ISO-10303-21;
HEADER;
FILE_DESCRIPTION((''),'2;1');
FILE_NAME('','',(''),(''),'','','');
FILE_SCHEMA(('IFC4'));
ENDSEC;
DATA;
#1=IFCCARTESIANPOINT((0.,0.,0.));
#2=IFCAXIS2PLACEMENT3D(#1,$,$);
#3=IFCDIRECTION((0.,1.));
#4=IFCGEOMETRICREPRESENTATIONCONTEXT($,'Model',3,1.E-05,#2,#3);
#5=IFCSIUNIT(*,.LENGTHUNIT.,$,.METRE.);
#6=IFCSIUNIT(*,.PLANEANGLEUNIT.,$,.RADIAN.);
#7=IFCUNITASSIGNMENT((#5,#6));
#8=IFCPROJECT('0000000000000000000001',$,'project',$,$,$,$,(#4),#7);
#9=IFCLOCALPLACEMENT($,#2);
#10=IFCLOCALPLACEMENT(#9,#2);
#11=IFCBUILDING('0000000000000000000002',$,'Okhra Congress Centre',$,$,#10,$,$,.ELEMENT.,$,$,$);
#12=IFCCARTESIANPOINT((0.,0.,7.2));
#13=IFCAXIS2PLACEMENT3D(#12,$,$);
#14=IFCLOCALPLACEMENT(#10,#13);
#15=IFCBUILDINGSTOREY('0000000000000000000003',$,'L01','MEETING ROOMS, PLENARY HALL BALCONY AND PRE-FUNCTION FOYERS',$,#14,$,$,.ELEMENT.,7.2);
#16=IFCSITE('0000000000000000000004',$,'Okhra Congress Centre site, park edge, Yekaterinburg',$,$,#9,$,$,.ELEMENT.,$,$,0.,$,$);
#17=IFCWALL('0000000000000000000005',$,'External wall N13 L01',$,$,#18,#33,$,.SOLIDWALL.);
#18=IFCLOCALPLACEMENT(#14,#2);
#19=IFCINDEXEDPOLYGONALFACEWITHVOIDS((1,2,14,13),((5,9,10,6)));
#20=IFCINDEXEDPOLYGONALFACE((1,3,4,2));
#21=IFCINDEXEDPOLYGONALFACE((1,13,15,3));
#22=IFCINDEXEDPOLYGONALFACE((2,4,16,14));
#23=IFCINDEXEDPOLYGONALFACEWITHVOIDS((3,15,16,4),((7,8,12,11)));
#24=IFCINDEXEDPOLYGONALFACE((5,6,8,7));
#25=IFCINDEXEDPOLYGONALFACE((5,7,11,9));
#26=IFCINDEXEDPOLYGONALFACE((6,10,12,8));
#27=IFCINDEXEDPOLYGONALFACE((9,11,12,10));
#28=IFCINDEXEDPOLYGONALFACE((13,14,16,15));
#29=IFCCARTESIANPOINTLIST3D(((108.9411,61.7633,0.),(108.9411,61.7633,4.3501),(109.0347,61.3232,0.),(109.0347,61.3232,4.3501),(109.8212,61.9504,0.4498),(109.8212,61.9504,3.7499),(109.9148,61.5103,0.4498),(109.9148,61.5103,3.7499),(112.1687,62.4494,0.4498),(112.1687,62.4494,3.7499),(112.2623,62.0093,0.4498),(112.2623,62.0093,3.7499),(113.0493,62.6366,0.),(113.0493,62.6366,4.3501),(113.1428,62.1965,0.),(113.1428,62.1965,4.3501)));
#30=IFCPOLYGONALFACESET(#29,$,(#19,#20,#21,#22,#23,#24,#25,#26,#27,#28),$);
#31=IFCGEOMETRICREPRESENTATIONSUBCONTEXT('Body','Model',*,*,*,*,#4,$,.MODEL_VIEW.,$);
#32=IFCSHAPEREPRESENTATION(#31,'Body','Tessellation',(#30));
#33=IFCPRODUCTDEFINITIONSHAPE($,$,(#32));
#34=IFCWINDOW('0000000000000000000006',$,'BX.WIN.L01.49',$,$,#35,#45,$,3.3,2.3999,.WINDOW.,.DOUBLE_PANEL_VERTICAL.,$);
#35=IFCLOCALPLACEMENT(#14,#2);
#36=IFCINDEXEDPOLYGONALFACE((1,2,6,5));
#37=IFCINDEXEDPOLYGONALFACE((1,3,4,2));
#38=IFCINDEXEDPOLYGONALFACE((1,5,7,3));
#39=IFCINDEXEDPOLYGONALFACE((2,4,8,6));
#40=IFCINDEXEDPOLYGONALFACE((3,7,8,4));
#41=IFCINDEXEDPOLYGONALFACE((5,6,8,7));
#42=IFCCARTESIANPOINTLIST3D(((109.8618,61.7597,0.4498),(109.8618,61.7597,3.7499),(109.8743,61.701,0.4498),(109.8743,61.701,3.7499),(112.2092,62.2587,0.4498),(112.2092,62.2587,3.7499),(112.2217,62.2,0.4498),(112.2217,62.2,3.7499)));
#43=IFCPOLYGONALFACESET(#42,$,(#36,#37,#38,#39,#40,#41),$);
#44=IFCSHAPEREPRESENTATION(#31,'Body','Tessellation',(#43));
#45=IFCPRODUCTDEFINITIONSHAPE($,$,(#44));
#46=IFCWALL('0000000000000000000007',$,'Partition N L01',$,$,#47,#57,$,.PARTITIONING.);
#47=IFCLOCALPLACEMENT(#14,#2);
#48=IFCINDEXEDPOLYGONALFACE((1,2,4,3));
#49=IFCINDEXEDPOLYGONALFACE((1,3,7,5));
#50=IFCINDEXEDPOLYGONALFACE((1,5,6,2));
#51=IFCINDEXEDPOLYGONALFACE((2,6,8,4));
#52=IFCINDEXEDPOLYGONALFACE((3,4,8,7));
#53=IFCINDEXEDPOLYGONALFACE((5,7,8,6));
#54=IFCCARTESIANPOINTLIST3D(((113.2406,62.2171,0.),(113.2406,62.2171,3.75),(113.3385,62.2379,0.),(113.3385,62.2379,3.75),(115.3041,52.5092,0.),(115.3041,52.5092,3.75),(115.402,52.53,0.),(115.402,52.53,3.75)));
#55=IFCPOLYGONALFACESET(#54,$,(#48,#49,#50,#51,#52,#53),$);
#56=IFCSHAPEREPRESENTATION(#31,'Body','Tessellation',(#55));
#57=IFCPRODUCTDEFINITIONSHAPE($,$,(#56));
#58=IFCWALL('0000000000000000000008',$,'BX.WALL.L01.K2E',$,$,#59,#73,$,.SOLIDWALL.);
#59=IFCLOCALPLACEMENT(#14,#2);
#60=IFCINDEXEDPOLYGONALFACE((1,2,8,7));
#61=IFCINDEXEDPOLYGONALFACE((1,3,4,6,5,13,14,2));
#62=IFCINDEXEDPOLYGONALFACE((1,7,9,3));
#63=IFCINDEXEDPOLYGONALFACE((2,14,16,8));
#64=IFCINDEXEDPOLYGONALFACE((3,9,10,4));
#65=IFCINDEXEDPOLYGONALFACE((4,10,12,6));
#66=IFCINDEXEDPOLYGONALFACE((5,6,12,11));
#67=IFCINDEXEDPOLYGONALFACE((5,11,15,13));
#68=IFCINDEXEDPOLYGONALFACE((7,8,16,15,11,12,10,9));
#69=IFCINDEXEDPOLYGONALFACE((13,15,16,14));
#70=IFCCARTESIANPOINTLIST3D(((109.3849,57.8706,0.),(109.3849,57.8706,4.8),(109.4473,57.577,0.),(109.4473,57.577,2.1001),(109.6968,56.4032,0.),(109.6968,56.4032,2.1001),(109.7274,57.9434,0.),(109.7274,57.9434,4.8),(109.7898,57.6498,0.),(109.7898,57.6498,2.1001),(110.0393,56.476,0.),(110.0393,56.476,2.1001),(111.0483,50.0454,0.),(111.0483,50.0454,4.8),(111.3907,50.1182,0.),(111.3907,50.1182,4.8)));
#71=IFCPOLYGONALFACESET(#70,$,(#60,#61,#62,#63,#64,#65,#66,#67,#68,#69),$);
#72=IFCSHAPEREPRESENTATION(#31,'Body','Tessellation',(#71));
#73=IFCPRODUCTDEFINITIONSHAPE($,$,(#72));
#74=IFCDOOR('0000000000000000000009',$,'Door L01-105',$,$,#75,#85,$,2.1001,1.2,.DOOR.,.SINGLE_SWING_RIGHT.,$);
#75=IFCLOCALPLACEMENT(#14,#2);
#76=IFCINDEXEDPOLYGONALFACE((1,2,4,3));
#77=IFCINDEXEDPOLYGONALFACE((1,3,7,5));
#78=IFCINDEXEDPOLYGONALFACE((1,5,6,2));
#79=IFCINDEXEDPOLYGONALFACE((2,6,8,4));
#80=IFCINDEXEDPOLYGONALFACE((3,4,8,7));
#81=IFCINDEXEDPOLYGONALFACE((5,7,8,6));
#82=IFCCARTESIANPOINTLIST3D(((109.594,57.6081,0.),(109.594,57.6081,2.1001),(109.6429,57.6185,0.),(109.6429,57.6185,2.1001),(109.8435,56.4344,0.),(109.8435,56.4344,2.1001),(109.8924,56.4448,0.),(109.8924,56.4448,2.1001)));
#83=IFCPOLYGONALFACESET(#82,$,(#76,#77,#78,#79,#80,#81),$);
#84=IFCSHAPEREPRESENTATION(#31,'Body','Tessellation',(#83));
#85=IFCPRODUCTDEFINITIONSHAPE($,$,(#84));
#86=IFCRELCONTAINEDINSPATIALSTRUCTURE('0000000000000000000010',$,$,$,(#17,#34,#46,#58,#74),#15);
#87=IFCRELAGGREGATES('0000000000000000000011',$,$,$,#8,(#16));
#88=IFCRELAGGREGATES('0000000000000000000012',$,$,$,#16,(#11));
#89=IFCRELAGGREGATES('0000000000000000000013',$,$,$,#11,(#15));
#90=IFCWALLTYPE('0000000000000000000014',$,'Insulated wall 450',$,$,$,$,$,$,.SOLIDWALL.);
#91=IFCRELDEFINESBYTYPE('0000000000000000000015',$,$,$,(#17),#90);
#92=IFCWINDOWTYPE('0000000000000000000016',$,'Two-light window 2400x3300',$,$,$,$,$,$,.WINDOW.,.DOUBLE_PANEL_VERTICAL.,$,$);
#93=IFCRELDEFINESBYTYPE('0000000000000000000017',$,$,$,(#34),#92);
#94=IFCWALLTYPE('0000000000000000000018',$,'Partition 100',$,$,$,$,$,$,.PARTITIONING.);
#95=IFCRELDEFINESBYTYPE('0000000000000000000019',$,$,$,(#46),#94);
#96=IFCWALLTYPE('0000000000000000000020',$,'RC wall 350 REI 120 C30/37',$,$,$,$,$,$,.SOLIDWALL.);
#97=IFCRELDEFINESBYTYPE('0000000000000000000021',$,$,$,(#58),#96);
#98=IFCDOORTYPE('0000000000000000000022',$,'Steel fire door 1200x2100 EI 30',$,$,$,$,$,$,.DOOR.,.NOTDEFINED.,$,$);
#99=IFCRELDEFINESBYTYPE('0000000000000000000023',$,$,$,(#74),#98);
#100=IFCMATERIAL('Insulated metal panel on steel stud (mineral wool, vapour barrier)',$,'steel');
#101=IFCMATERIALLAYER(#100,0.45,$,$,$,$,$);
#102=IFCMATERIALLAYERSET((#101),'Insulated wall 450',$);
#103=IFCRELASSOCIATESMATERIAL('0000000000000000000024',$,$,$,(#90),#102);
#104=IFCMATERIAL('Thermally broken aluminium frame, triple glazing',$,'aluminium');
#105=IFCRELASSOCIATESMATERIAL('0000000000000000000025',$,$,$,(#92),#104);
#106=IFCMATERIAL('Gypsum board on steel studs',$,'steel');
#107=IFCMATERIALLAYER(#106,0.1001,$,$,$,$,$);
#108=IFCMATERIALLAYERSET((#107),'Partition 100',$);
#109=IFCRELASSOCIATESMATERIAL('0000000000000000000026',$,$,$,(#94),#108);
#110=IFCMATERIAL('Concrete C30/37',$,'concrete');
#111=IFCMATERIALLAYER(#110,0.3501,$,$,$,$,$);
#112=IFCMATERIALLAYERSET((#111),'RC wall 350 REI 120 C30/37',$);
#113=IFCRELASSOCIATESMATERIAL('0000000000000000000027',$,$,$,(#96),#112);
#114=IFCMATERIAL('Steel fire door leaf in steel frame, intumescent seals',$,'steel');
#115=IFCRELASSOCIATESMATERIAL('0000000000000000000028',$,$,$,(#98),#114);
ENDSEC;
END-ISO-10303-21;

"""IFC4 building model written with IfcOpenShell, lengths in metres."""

from ifc_helpers import new_model, si_unit, direction, frame, frame_2d, origin, place, context, subcontext, project, spatial, rectangle, extrude, material, layer, layer_set, type_object, element, fill, save


model = new_model("IFC4")

# Units and contexts
model_context = context("Model", 3, precision=1e-05, world=origin(), true_north=direction((0.0, 1.0)))
body_context = subcontext(model_context, "Body", "Model", "MODEL_VIEW")
ifc_project = project(units=[si_unit("LENGTHUNIT", "METRE"), si_unit("PLANEANGLEUNIT", "RADIAN")], contexts=[model_context])

# Site, building, storey
site_placement = place(None, origin())
site = spatial("IfcSite", under=ifc_project, at=site_placement, Name="Okhra Congress Centre site, park edge, Yekaterinburg", CompositionType="ELEMENT", RefElevation=0.0)
building_placement = place(site_placement, origin())
building = spatial("IfcBuilding", under=site, at=building_placement, Name="Okhra Congress Centre", CompositionType="ELEMENT")
storey_placement = place(building_placement, frame((0.0, 0.0, 7.2)))
storey = spatial("IfcBuildingStorey", under=building, at=storey_placement, Name="L01", Description="MEETING ROOMS, PLENARY HALL BALCONY AND PRE-FUNCTION FOYERS", CompositionType="ELEMENT", Elevation=7.2)

# Wall, opening, window
ifc_material_1 = material(Name="Insulated metal panel on steel stud (mineral wool, vapour barrier)", Category="steel")
ifc_layer_1 = layer(ifc_material_1, 0.45)
ifc_layer_set_1 = layer_set([ifc_layer_1], Name="Insulated wall 450")
wall_type_1 = type_object("IfcWallType", Name="Insulated wall 450", PredefinedType="SOLIDWALL", material=ifc_layer_set_1)
wall_1_placement = place(storey_placement, frame((108.9878, 61.5432, 0.0), z_axis=(0.0, 0.0, 1.0), x_axis=(0.978144, 0.207929, 0.0)))
wall_1 = element("IfcWall", 1, at=wall_1_placement, inside=storey, type_object=wall_type_1, Name="External wall N13 L01", PredefinedType="SOLIDWALL", context=body_context, shape_type="SweptSolid", body=[
    extrude(rectangle(XDim=4.2, YDim=0.45, at=frame_2d((2.1001, 0.0))), origin(), (0.0, 0.0, 1.0), 4.3501),
])
opening_1_placement = place(wall_1_placement, frame((0.8999, 0.0, 0.45)))
opening_1 = element("IfcOpeningElement", 2, at=opening_1_placement, cuts=wall_1, PredefinedType="OPENING", context=body_context, shape_type="SweptSolid", body=[
    extrude(rectangle(XDim=2.3999, YDim=3.3, at=frame_2d((1.2, 1.6499))), frame((0.0, 0.2349, 0.0), z_axis=(0.0, -1.0, 0.0), x_axis=(1.0, 0.0, 0.0)), (0.0, 0.0, 1.0), 0.47),
])
ifc_material_2 = material(Name="Thermally broken aluminium frame, triple glazing", Category="aluminium")
window_type = type_object("IfcWindowType", Name="Two-light window 2400x3300", PartitioningType="DOUBLE_PANEL_VERTICAL", PredefinedType="WINDOW", material=ifc_material_2)
window_placement = place(opening_1_placement, origin())
window = element("IfcWindow", 3, at=window_placement, inside=storey, type_object=window_type, Name="BX.WIN.L01.49", OverallHeight=3.3, OverallWidth=2.3999, PartitioningType="DOUBLE_PANEL_VERTICAL", PredefinedType="WINDOW", context=body_context, shape_type="SweptSolid", body=[
    extrude(rectangle(XDim=2.3999, YDim=3.3, at=frame_2d((1.2, 1.6499))), frame((0.0, 0.03, 0.0), z_axis=(0.0, -1.0, 0.0), x_axis=(1.0, 0.0, 0.0)), (0.0, 0.0, 1.0), 0.0601),
])
fill(opening_1, window)

# Wall
ifc_material_3 = material(Name="Gypsum board on steel studs", Category="steel")
ifc_layer_2 = layer(ifc_material_3, 0.1001)
ifc_layer_set_2 = layer_set([ifc_layer_2], Name="Partition 100")
wall_type_2 = type_object("IfcWallType", Name="Partition 100", PredefinedType="PARTITIONING", material=ifc_layer_set_2)
wall_2_placement = place(storey_placement, frame((113.2896, 62.2275, 0.0), z_axis=(0.0, 0.0, 1.0), x_axis=(0.207909, -0.978148, 0.0)))
element("IfcWall", 4, at=wall_2_placement, inside=storey, type_object=wall_type_2, Name="Partition N L01", PredefinedType="PARTITIONING", context=body_context, shape_type="SweptSolid", body=[
    extrude(rectangle(XDim=9.9248, YDim=0.1001, at=frame_2d((4.9624, 0.0))), origin(), (0.0, 0.0, 1.0), 3.75),
])

# Shared definitions
ifc_material_4 = material(Name="Steel fire door leaf in steel frame, intumescent seals", Category="steel")

# Wall, opening, door
ifc_material_5 = material(Name="Concrete C30/37", Category="concrete")
ifc_layer_3 = layer(ifc_material_5, 0.3501)
ifc_layer_set_3 = layer_set([ifc_layer_3], Name="RC wall 350 REI 120 C30/37")
wall_type_3 = type_object("IfcWallType", Name="RC wall 350 REI 120 C30/37", PredefinedType="SOLIDWALL", material=ifc_layer_set_3)
wall_3_placement = place(storey_placement, frame((109.5562, 57.907, 0.0), z_axis=(0.0, 0.0, 1.0), x_axis=(0.207916, -0.978147, 0.0)))
wall_3 = element("IfcWall", 5, at=wall_3_placement, inside=storey, type_object=wall_type_3, Name="BX.WALL.L01.K2E", PredefinedType="SOLIDWALL", context=body_context, shape_type="SweptSolid", body=[
    extrude(rectangle(XDim=8.0, YDim=0.3501, at=frame_2d((4.0, 0.0))), origin(), (0.0, 0.0, 1.0), 4.8),
])
opening_2_placement = place(wall_3_placement, frame((0.3, 0.0, 0.0)))
opening_2 = element("IfcOpeningElement", 6, at=opening_2_placement, cuts=wall_3, PredefinedType="OPENING", context=body_context, shape_type="SweptSolid", body=[
    extrude(rectangle(XDim=1.2, YDim=2.1001, at=frame_2d((0.6001, 1.05))), frame((0.0, 0.1851, 0.0), z_axis=(0.0, -1.0, 0.0), x_axis=(1.0, 0.0, 0.0)), (0.0, 0.0, 1.0), 0.3701),
])
door_type_1 = type_object("IfcDoorType", Name="Steel fire door 1200x2100 EI 30", OperationType="NOTDEFINED", PredefinedType="DOOR", material=ifc_material_4)
door_1_placement = place(opening_2_placement, origin())
door_1 = element("IfcDoor", 7, at=door_1_placement, inside=storey, type_object=door_type_1, Name="Door L01-105", OperationType="SINGLE_SWING_RIGHT", OverallHeight=2.1001, OverallWidth=1.2, PredefinedType="DOOR", context=body_context, shape_type="SweptSolid", body=[
    extrude(rectangle(XDim=1.2, YDim=2.1001, at=frame_2d((0.6001, 1.05))), frame((0.0, 0.0249, 0.0), z_axis=(0.0, -1.0, 0.0), x_axis=(1.0, 0.0, 0.0)), (0.0, 0.0, 1.0), 0.05),
])
fill(opening_2, door_1)

save(model, "model.ifc")
